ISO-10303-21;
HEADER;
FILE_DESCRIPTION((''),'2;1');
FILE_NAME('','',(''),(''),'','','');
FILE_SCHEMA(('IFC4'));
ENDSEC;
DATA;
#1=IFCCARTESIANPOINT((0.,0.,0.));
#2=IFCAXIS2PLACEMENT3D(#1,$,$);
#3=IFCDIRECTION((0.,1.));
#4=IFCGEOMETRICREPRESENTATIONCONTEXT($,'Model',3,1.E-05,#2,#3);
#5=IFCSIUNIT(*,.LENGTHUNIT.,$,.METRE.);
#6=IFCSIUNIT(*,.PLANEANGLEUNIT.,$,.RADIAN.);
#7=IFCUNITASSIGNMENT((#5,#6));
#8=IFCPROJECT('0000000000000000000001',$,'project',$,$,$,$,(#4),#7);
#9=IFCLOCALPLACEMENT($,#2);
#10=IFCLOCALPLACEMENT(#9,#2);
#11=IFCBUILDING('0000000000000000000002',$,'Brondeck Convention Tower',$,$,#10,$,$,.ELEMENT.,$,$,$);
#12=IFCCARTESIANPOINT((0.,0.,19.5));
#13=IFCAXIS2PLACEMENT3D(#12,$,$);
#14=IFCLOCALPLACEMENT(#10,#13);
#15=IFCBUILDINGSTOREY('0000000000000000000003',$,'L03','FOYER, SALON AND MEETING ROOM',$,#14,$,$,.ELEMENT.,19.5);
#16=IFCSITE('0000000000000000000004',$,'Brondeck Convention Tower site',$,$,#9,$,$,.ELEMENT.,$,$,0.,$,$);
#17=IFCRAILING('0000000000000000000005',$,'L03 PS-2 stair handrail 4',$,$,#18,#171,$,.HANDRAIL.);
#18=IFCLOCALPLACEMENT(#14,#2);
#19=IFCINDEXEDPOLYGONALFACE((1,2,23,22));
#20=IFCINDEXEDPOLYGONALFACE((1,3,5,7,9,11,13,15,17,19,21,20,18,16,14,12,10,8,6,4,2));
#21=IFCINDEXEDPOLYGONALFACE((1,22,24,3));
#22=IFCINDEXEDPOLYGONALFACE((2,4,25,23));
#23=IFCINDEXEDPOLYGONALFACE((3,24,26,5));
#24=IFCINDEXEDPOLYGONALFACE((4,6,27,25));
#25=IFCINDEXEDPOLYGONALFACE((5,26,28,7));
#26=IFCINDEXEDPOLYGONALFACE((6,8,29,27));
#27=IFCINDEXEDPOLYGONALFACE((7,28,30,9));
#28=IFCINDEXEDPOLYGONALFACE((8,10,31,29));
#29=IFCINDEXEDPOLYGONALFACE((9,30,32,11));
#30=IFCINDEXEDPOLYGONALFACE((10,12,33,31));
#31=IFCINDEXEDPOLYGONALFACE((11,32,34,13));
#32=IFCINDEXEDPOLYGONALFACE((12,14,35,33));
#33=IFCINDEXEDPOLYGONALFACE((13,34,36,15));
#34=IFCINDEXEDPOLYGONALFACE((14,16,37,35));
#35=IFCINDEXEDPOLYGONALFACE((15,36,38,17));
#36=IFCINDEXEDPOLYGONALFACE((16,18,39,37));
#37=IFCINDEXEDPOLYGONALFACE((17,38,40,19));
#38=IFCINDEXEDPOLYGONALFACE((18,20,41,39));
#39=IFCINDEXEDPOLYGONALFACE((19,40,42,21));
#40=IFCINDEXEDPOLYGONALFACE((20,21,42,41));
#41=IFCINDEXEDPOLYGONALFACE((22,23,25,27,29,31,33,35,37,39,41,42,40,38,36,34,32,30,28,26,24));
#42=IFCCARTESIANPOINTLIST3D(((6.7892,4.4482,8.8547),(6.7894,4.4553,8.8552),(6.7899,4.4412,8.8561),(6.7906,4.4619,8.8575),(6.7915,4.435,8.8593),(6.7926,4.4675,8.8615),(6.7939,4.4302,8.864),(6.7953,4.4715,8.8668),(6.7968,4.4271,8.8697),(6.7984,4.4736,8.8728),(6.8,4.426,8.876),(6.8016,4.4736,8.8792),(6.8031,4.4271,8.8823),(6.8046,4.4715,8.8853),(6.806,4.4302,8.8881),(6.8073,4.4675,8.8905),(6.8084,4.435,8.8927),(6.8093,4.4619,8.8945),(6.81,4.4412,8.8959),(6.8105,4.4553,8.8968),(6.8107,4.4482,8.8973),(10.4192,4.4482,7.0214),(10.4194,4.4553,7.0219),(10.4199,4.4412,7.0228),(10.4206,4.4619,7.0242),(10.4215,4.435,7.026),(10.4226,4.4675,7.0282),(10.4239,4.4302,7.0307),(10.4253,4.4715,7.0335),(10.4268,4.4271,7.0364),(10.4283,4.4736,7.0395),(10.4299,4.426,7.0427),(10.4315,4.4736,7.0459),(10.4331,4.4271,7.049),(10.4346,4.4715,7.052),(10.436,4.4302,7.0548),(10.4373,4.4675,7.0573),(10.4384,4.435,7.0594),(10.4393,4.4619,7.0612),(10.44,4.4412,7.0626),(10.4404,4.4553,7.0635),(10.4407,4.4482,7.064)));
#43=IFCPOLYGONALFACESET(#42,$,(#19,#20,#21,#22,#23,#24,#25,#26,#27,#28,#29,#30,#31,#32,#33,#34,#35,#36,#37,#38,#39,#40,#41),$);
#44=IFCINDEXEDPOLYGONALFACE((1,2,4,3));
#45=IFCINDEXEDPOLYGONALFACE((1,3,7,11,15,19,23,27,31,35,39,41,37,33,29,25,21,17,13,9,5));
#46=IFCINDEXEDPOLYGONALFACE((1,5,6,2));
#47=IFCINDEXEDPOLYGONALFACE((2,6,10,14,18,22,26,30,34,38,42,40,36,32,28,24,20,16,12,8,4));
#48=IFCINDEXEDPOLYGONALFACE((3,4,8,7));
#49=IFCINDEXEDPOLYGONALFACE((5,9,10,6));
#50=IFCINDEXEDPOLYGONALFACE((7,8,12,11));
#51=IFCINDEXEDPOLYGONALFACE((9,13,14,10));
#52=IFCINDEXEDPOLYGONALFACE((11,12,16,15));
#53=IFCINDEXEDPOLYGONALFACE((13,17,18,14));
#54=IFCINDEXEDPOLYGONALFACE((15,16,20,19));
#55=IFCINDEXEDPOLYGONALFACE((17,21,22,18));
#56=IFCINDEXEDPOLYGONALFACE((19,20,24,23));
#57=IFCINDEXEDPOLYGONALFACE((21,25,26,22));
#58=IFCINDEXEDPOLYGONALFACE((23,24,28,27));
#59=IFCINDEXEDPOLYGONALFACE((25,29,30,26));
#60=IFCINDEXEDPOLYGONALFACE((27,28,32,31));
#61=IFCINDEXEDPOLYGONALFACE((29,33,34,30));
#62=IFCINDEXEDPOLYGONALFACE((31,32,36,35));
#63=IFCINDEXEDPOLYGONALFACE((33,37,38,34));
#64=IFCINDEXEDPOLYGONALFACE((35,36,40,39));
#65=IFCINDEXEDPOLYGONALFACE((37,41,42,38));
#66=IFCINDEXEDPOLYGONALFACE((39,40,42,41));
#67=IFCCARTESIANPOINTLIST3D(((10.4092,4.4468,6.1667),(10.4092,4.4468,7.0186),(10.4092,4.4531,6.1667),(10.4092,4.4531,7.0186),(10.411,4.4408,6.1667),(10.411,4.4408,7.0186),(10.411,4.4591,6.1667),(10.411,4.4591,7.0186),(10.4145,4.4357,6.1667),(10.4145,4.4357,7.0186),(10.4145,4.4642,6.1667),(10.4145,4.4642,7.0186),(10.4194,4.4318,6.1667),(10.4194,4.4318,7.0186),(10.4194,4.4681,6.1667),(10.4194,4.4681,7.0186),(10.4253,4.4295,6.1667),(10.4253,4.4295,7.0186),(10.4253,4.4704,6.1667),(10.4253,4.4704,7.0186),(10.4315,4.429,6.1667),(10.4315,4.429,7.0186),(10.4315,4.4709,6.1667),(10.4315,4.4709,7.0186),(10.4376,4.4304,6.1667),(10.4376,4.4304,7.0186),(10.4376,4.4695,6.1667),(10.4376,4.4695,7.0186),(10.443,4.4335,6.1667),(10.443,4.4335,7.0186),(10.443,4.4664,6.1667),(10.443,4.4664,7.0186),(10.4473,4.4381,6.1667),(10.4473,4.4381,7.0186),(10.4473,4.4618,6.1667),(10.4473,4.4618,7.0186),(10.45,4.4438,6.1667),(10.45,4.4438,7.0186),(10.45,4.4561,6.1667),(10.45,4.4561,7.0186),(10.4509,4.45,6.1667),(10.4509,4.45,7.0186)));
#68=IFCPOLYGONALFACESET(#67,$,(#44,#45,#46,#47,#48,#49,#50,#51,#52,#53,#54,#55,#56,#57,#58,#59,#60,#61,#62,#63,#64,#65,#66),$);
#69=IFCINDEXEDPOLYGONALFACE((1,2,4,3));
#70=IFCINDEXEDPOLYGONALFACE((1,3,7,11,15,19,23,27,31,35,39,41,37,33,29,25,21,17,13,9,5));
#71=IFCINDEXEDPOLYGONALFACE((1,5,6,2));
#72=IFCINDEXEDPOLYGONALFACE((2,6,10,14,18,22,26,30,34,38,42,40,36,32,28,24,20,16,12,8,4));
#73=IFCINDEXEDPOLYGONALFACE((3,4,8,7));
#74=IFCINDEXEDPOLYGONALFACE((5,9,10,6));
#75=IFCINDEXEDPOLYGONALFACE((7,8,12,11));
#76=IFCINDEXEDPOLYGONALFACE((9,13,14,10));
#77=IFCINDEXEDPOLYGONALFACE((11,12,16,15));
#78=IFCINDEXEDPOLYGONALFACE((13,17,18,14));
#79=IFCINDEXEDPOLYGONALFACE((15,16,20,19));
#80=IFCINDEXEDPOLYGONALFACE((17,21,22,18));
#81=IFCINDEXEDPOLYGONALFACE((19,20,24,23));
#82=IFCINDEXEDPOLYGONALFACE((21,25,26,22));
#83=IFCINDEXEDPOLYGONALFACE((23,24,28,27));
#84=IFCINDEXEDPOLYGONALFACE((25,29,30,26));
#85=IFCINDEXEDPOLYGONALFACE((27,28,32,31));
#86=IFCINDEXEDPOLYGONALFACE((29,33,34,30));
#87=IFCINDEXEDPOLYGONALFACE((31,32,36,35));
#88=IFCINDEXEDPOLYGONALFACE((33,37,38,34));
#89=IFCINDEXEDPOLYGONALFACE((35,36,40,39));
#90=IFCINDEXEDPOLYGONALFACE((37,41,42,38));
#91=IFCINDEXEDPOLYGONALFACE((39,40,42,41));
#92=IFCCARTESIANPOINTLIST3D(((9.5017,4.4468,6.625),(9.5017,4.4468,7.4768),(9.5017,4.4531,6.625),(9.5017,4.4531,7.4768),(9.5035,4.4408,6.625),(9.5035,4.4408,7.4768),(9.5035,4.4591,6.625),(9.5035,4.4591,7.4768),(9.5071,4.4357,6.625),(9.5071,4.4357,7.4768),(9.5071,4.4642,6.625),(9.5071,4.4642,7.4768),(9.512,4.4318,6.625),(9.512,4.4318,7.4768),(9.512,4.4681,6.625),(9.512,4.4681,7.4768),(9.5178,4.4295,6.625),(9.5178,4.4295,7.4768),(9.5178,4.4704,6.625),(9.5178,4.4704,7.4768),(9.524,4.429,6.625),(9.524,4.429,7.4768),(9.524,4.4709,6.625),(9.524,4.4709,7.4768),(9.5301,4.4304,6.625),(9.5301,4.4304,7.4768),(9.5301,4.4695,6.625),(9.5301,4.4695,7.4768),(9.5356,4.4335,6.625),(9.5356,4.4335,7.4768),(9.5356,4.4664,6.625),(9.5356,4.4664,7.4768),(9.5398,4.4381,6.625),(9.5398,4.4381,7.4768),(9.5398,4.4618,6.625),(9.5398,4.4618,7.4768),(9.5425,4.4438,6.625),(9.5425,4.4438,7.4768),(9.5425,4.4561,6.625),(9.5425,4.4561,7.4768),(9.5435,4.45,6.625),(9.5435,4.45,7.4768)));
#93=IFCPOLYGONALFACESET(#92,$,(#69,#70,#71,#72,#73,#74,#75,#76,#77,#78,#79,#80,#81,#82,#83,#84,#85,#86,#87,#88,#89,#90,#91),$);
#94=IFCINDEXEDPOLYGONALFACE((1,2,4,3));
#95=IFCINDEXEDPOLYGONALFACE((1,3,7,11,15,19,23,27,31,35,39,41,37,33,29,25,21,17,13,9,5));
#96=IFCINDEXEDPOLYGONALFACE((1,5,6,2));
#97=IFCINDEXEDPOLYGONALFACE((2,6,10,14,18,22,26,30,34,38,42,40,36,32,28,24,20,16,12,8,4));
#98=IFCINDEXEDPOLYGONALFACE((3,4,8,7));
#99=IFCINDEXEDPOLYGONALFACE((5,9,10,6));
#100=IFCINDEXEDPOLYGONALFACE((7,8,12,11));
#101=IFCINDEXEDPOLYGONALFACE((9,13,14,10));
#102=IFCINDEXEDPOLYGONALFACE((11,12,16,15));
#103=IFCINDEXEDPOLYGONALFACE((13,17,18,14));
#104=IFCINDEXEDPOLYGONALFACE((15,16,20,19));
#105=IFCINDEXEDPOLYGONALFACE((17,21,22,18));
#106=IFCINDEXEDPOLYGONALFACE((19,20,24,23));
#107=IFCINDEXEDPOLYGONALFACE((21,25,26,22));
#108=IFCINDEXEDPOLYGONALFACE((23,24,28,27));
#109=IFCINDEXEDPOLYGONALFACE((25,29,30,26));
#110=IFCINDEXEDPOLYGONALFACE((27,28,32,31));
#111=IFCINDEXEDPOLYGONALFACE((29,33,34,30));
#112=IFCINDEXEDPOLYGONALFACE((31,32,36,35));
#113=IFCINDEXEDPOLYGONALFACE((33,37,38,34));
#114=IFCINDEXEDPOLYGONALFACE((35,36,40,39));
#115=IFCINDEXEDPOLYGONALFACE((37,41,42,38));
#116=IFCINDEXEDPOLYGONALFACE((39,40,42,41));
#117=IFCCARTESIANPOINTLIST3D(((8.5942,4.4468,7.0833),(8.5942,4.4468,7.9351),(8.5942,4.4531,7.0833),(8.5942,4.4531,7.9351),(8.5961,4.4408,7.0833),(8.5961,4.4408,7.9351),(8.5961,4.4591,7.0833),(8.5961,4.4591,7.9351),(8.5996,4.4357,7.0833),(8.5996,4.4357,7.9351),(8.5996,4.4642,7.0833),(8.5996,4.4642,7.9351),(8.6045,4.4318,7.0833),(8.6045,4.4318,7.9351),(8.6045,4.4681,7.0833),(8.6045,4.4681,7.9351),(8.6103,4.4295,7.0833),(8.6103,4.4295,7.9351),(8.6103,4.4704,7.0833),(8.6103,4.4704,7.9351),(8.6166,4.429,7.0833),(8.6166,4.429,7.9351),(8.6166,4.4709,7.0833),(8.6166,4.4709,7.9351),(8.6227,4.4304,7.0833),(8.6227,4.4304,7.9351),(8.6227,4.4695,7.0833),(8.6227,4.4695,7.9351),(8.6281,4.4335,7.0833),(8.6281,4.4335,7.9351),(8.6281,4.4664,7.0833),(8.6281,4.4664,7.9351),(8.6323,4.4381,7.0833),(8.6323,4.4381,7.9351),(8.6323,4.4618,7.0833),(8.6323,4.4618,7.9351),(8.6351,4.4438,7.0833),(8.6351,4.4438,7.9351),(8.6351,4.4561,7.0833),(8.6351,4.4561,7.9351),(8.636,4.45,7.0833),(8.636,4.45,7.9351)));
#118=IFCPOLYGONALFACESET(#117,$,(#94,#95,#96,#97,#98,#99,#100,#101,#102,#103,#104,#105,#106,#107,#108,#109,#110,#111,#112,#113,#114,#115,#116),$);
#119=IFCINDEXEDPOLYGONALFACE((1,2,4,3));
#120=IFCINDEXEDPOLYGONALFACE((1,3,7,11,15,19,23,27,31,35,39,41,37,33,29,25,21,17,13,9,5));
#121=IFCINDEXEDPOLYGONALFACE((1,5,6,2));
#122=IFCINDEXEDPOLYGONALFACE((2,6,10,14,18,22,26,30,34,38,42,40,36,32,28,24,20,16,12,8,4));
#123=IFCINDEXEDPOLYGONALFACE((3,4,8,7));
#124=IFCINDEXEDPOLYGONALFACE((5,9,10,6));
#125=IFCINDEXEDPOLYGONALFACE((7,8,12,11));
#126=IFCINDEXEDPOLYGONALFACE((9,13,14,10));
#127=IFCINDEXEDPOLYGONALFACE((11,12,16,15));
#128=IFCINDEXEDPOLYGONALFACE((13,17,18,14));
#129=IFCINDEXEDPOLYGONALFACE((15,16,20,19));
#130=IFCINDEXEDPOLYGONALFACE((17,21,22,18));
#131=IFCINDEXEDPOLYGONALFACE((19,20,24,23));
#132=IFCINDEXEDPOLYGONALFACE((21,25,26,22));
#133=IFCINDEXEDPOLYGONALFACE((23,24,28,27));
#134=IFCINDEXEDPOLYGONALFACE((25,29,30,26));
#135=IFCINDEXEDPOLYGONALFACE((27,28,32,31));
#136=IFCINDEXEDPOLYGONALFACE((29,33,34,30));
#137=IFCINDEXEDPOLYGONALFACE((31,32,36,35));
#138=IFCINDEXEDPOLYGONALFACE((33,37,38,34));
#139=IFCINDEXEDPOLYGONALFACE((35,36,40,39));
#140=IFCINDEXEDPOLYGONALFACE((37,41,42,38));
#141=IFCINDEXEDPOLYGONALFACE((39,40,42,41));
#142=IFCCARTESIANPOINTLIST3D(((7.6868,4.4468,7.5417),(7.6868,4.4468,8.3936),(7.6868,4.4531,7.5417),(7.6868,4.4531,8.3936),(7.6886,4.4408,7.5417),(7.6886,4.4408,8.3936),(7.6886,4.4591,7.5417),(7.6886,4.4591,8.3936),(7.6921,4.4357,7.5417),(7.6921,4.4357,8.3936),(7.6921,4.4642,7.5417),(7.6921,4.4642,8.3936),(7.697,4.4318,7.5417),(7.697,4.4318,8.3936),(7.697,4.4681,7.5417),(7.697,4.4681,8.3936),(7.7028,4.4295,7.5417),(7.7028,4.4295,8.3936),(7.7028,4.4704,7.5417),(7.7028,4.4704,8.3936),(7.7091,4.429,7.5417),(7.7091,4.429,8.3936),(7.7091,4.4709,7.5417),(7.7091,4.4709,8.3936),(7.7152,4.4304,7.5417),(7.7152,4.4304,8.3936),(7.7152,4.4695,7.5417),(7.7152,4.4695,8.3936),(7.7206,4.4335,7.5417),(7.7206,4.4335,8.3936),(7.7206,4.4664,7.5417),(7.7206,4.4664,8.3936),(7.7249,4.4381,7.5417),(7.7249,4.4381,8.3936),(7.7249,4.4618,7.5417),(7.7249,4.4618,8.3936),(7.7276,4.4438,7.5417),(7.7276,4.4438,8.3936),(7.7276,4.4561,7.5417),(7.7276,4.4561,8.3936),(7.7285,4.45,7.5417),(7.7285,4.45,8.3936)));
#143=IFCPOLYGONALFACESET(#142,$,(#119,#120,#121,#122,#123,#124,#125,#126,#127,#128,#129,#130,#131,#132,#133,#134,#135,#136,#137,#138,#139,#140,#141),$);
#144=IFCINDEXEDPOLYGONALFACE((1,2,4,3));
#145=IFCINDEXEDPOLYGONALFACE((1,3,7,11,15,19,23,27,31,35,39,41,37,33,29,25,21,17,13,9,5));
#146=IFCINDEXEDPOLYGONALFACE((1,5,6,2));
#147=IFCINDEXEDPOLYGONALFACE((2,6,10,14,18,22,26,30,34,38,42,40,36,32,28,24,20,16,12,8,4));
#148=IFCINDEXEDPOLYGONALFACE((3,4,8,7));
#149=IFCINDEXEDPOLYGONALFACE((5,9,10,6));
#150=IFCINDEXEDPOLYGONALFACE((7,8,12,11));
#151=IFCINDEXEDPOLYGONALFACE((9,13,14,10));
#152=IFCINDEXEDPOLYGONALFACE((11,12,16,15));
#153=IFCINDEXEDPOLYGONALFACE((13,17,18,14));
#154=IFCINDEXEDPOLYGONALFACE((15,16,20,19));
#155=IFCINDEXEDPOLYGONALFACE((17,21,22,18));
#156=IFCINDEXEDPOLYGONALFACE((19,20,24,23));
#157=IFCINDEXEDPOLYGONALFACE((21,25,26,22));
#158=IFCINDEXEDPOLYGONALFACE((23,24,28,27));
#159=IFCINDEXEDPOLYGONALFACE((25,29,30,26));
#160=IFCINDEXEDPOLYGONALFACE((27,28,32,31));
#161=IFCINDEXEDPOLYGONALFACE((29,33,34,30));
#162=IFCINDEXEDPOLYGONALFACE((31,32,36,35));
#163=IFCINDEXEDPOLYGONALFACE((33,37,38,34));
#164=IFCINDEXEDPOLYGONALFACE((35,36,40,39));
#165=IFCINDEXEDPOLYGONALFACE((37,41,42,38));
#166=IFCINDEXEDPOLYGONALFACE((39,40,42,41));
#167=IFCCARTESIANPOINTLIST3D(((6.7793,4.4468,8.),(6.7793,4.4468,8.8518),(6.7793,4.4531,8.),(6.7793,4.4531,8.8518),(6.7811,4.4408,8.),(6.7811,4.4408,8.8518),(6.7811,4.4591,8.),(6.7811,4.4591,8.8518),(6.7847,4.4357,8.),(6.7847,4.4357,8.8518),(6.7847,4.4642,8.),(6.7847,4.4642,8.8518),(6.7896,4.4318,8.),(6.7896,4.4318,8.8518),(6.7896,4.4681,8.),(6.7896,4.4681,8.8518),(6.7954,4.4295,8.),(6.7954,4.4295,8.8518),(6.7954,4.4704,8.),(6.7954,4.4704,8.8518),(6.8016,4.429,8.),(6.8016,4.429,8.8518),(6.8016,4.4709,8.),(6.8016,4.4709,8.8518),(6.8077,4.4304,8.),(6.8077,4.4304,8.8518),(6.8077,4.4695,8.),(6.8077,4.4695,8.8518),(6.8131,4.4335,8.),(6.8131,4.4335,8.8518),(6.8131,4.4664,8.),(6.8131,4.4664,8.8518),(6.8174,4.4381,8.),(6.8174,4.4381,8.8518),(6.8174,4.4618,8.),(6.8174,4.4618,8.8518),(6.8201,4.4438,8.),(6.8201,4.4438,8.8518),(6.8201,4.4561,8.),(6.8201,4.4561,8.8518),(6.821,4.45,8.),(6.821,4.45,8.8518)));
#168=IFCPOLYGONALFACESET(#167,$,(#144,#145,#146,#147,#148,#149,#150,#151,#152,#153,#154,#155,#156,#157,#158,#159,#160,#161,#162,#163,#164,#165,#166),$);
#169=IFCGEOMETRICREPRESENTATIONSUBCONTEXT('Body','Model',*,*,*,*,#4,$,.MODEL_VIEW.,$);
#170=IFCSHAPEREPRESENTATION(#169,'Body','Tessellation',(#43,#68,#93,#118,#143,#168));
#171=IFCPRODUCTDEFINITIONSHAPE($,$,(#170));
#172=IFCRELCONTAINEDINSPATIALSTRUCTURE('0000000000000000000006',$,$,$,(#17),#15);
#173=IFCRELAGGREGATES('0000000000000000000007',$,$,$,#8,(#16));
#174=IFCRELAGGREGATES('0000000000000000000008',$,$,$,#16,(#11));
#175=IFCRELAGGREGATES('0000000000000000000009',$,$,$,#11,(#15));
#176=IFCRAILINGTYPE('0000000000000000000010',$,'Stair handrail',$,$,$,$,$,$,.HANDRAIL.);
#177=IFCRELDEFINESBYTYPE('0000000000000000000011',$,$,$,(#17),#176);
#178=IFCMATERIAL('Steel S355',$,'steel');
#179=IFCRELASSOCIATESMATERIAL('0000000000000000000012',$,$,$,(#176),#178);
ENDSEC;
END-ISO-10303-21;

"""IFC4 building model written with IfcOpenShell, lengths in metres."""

from ifc_helpers import new_model, si_unit, direction, frame, origin, origin_2d, place, context, subcontext, project, spatial, circle, extrude, material, type_object, element, save


model = new_model("IFC4")

# Units and contexts
model_context = context("Model", 3, precision=1e-05, world=origin(), true_north=direction((0.0, 1.0)))
body_context = subcontext(model_context, "Body", "Model", "MODEL_VIEW")
ifc_project = project(units=[si_unit("LENGTHUNIT", "METRE"), si_unit("PLANEANGLEUNIT", "RADIAN")], contexts=[model_context])

# Site, building, storey
site_placement = place(None, origin())
site = spatial("IfcSite", under=ifc_project, at=site_placement, Name="Brondeck Convention Tower site", CompositionType="ELEMENT", RefElevation=0.0)
building_placement = place(site_placement, origin())
building = spatial("IfcBuilding", under=site, at=building_placement, Name="Brondeck Convention Tower", CompositionType="ELEMENT")
storey_placement = place(building_placement, frame((0.0, 0.0, 19.5)))
storey = spatial("IfcBuildingStorey", under=building, at=storey_placement, Name="L03", Description="FOYER, SALON AND MEETING ROOM", CompositionType="ELEMENT", Elevation=19.5)

# Railing
ifc_material_1 = material(Name="Steel S355", Category="steel")
railing_type_1 = type_object("IfcRailingType", Name="Stair handrail", PredefinedType="HANDRAIL", material=ifc_material_1)
railing_1_placement = place(storey_placement, frame((10.4299, 4.45, 6.1667)))
element("IfcRailing", 1, at=railing_1_placement, inside=storey, type_object=railing_type_1, Name="L03 PS-2 stair handrail 4", PredefinedType="HANDRAIL", context=body_context, shape_type="SweptSolid", body=[
    extrude(circle(Radius=0.0239, at=origin_2d()), frame((0.0, 0.0, 0.876), z_axis=(-0.892619, 0.0, 0.450812), x_axis=(0.0, -1.0, 0.0)), (0.0, 0.0, 1.0), 4.0667),
    extrude(circle(Radius=0.021, at=origin_2d()), origin(), (0.0, 0.0, 1.0), 0.8518),
    extrude(circle(Radius=0.021, at=origin_2d()), frame((-0.9075, 0.0, 0.4583)), (0.0, 0.0, 1.0), 0.8518),
    extrude(circle(Radius=0.021, at=origin_2d()), frame((-1.8149, 0.0, 0.9165)), (0.0, 0.0, 1.0), 0.8518),
    extrude(circle(Radius=0.021, at=origin_2d()), frame((-2.7224, 0.0, 1.375)), (0.0, 0.0, 1.0), 0.8518),
    extrude(circle(Radius=0.021, at=origin_2d()), frame((-3.6299, 0.0, 1.8333)), (0.0, 0.0, 1.0), 0.8518),
])

save(model, "model.ifc")
